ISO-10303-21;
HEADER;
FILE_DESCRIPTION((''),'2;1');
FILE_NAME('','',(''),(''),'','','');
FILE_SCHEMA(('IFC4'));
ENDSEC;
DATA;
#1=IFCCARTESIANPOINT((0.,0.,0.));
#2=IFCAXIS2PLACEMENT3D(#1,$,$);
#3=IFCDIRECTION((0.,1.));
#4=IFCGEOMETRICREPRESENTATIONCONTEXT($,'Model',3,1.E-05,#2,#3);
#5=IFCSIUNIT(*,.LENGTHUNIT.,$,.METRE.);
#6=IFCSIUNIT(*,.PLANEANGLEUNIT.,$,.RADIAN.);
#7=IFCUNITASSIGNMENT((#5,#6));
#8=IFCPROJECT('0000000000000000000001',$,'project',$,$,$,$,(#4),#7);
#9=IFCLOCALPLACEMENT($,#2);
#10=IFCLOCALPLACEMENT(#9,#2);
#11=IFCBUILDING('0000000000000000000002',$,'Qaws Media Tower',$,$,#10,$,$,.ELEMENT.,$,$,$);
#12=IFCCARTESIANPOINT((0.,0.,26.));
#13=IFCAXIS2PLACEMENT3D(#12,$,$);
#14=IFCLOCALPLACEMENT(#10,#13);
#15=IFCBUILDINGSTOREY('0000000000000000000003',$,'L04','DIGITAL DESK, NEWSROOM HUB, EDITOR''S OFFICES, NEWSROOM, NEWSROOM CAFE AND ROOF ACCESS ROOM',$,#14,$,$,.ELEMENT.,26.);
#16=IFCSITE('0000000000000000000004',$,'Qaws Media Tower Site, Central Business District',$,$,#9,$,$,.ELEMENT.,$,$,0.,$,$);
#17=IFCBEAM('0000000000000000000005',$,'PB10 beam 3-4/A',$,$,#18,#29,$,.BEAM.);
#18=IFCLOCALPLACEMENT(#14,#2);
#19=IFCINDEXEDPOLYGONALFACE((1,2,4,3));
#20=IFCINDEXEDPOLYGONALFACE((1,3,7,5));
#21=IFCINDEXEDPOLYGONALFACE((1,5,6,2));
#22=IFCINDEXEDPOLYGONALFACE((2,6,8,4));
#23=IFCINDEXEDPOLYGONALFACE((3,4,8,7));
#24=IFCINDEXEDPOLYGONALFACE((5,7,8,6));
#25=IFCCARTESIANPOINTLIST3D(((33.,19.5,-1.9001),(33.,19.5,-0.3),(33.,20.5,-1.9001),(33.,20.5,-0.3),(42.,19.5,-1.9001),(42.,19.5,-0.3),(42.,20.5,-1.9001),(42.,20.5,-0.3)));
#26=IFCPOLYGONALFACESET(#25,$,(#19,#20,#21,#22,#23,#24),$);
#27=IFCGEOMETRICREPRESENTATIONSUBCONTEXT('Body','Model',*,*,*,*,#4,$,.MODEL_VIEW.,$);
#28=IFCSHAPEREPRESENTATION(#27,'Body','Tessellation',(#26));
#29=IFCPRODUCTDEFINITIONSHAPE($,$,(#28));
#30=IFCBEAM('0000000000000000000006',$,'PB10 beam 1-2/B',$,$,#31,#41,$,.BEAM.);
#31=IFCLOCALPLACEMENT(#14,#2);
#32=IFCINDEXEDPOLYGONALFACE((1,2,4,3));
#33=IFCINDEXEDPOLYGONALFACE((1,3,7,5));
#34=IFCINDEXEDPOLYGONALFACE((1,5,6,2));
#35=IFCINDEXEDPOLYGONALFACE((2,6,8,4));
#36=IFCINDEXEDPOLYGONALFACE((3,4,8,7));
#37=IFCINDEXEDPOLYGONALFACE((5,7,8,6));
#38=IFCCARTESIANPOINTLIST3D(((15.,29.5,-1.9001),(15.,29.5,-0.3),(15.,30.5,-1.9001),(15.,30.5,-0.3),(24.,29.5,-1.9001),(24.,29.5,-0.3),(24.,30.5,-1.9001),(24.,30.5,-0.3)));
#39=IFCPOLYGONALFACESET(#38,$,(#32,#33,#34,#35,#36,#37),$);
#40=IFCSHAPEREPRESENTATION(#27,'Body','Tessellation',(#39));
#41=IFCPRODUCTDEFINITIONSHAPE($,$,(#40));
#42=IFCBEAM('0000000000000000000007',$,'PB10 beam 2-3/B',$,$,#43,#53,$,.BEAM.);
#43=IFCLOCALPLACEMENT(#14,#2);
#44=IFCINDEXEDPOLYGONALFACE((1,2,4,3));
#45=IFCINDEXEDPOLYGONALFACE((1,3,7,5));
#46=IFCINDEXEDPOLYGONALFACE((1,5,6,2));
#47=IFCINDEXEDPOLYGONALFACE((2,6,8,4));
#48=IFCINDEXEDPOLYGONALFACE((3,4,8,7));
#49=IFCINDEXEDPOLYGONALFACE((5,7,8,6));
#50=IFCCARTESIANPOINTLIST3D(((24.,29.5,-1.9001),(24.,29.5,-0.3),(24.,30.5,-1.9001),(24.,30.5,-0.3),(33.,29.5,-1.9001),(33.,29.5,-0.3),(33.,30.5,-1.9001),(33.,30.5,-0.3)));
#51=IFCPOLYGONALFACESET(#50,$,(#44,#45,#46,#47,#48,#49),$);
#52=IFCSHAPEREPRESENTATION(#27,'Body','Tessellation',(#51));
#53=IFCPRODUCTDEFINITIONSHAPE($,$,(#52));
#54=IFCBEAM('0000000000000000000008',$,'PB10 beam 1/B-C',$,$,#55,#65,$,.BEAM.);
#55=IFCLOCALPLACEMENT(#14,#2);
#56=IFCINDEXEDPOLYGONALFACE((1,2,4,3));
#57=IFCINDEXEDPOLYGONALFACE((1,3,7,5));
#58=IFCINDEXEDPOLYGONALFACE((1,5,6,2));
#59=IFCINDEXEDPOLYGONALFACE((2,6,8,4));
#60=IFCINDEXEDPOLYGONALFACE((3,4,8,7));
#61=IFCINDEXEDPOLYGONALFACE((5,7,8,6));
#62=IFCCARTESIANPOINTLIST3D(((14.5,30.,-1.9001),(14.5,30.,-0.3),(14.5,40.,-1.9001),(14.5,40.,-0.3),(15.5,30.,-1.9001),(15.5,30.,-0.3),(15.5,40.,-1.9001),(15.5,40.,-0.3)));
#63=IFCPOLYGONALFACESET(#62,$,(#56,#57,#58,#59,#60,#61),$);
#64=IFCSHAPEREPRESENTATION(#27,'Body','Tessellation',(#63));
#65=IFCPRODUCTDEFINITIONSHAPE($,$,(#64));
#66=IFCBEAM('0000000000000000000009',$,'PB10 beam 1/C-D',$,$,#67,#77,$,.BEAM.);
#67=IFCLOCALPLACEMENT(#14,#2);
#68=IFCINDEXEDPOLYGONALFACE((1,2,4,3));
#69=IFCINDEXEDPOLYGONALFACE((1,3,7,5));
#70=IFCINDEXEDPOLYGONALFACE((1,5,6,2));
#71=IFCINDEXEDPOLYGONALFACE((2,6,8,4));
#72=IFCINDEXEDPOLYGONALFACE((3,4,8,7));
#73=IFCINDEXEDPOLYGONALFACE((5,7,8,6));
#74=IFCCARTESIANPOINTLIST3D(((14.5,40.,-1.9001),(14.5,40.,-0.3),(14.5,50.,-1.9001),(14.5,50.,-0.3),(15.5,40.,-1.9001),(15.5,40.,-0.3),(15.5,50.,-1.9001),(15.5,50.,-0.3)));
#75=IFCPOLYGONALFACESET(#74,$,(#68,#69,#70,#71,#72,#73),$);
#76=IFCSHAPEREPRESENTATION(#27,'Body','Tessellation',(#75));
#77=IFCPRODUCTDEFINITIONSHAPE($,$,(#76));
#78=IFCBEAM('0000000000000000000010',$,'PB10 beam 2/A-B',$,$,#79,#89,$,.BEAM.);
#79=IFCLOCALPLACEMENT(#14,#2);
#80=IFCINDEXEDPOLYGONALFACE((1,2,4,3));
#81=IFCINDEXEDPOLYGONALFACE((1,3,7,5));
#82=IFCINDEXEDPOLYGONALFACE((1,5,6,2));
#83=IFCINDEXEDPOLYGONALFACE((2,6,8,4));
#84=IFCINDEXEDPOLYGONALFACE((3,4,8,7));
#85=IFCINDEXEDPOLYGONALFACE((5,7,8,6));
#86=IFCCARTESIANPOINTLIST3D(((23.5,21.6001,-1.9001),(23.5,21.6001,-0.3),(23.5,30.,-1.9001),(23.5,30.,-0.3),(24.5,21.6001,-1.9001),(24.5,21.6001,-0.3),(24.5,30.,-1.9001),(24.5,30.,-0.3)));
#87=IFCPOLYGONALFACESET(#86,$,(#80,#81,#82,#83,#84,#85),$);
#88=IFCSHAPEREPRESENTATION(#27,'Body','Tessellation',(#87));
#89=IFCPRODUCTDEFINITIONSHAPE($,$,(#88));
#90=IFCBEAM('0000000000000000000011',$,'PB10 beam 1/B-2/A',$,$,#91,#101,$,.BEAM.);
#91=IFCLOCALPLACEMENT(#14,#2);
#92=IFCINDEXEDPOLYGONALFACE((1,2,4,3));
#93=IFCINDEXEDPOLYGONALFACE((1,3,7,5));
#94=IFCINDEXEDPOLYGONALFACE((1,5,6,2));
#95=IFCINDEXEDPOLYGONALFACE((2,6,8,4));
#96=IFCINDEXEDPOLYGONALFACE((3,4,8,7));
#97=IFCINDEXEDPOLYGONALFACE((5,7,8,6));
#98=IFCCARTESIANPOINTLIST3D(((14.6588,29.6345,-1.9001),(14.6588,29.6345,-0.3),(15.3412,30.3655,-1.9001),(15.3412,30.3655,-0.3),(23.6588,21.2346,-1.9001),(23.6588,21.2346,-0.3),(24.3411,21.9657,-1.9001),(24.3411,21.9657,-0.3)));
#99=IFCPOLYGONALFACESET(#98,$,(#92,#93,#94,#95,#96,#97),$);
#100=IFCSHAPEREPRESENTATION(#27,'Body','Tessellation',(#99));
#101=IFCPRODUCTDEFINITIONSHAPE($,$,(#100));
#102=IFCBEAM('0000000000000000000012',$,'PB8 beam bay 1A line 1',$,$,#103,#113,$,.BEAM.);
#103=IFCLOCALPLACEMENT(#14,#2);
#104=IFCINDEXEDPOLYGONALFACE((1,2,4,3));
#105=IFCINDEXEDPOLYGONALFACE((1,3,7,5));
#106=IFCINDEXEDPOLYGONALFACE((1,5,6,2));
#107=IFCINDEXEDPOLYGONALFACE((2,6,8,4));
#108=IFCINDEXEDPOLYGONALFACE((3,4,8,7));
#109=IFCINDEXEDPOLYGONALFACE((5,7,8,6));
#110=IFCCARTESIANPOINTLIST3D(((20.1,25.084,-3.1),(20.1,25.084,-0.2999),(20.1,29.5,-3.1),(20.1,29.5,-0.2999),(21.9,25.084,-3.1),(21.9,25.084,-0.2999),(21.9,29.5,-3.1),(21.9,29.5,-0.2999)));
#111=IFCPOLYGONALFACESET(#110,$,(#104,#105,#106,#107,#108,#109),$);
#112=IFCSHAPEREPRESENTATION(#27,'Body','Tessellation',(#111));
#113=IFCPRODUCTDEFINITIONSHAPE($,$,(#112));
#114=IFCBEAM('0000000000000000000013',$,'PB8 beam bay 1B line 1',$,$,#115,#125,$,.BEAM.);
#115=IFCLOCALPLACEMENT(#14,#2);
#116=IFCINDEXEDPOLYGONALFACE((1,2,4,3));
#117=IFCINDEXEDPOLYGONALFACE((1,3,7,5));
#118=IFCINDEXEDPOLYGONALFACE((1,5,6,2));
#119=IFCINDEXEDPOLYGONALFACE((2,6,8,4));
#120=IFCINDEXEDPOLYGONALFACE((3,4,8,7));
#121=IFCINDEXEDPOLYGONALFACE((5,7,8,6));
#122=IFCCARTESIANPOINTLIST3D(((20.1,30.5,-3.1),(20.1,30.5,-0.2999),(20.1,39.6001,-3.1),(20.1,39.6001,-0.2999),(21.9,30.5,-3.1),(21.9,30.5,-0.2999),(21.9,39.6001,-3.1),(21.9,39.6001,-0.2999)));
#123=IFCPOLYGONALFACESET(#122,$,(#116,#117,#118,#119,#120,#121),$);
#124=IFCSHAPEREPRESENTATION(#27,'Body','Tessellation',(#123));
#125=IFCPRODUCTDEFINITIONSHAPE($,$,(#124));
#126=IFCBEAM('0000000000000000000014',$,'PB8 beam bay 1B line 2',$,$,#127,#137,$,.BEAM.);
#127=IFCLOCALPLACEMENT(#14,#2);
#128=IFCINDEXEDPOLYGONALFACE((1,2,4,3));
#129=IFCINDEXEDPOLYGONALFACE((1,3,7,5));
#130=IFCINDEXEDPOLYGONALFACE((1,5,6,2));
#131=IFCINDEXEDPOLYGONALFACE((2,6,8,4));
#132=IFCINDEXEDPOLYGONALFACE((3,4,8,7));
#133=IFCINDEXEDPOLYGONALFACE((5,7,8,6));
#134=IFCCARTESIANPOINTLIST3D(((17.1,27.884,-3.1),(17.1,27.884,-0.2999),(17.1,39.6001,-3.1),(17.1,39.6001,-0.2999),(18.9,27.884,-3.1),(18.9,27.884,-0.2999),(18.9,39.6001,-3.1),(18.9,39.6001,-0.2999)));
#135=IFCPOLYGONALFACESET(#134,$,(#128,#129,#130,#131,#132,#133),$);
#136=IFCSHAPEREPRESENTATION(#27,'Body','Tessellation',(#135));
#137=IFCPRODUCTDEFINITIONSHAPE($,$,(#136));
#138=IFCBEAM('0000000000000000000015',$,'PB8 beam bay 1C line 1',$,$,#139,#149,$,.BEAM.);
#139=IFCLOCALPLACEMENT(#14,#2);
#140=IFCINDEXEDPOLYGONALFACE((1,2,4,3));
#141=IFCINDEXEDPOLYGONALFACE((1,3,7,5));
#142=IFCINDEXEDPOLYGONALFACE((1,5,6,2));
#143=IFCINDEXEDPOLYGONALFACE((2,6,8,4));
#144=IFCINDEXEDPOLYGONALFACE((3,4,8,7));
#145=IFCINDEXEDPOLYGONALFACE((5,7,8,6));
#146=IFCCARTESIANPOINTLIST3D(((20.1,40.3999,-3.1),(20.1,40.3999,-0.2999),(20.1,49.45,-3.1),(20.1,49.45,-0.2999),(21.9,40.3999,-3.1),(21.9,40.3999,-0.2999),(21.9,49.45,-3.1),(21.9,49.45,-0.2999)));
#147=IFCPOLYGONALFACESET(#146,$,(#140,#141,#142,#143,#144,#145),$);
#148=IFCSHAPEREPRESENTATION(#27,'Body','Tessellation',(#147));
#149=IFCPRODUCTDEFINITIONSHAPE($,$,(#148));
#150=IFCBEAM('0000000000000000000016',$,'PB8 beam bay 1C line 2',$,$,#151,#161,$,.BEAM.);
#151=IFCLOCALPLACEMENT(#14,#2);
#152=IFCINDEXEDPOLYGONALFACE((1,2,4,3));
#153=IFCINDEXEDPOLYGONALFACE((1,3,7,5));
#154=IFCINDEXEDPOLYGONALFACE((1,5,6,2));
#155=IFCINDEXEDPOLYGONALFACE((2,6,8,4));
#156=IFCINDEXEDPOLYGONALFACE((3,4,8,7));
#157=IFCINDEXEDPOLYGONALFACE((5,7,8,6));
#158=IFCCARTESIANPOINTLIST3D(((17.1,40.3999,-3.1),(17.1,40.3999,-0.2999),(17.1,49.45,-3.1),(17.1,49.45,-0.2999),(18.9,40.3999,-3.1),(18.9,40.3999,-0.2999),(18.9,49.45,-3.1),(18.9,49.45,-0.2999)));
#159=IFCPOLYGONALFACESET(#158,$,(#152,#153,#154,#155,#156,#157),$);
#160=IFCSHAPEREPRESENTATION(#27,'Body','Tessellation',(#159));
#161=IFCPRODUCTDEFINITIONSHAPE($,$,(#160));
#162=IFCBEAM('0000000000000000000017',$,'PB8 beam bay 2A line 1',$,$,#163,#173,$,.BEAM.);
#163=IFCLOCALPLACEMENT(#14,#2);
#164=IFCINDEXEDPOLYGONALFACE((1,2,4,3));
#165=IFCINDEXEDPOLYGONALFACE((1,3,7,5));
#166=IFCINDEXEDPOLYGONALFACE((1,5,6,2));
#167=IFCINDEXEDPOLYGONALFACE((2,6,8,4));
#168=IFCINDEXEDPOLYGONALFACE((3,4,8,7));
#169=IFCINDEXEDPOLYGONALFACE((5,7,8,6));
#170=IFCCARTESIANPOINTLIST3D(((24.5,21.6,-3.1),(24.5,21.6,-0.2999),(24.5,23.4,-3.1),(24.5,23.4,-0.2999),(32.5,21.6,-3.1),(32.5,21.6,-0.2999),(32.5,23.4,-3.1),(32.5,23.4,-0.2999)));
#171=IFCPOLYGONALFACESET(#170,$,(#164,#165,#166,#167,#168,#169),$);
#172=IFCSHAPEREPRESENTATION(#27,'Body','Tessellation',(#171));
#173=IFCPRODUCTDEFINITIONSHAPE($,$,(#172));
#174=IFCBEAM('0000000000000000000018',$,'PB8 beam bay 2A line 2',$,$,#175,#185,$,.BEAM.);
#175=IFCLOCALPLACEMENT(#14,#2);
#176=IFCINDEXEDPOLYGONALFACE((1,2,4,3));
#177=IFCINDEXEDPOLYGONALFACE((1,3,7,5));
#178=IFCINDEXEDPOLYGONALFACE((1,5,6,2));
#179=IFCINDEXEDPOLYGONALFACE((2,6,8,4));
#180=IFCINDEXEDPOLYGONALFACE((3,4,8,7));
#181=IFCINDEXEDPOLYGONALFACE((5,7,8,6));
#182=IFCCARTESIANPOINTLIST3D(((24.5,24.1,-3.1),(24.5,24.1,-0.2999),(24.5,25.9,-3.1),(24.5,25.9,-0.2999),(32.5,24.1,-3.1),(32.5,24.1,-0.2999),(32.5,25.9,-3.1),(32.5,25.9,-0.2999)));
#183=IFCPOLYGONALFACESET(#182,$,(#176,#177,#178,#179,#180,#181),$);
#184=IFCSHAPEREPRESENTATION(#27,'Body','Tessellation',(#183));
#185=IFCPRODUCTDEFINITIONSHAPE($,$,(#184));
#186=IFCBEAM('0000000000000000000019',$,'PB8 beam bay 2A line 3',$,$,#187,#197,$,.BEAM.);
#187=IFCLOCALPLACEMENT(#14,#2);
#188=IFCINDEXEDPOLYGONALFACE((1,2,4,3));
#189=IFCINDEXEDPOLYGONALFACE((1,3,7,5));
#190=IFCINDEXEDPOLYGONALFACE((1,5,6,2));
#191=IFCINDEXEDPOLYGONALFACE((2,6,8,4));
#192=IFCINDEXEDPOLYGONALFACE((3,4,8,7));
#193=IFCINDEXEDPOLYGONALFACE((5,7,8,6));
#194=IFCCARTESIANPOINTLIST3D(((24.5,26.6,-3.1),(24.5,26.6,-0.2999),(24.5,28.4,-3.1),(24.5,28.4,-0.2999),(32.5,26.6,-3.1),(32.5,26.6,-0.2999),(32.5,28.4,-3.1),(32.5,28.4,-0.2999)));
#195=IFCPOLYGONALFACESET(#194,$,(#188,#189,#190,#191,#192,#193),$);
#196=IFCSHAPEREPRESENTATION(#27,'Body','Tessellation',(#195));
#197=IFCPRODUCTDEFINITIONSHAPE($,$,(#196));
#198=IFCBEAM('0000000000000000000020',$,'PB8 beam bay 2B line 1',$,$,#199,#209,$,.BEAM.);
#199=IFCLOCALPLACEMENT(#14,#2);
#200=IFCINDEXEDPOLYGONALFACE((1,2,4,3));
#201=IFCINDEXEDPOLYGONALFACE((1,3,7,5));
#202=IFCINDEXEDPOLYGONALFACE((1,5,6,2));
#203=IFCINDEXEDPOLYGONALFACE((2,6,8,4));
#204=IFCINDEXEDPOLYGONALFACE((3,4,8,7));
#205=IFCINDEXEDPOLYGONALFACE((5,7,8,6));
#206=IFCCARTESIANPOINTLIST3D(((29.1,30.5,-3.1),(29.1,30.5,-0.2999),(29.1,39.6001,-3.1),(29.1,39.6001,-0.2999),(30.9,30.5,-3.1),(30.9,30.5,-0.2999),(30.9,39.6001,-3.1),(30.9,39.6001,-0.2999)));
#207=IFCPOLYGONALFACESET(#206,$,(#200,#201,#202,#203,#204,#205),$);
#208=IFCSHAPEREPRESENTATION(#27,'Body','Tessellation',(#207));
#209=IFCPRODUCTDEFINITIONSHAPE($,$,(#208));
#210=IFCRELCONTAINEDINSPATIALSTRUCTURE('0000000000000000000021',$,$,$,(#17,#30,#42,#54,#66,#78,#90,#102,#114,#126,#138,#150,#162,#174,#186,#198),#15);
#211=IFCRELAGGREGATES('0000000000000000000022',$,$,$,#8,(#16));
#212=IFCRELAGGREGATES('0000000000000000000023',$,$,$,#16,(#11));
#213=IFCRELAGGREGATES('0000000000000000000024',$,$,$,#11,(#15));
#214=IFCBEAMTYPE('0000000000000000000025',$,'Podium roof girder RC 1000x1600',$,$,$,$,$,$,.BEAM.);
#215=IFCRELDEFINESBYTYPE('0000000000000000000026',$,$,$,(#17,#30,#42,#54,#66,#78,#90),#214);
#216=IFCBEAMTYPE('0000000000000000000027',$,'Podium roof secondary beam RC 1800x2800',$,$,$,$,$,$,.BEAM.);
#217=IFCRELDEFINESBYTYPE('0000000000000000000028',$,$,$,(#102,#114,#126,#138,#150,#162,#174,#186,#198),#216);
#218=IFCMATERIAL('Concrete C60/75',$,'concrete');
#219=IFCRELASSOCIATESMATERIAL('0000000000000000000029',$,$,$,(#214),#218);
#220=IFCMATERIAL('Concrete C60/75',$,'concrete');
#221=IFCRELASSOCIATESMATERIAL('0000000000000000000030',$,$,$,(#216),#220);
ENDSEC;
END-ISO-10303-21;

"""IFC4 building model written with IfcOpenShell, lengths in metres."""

from ifc_helpers import new_model, si_unit, direction, frame, origin, origin_2d, place, context, subcontext, project, spatial, rectangle, extrude, material, material_profile, profile_set, type_object, element, save


model = new_model("IFC4")

# Units and contexts
model_context = context("Model", 3, precision=1e-05, world=origin(), true_north=direction((0.0, 1.0)))
body_context = subcontext(model_context, "Body", "Model", "MODEL_VIEW")
ifc_project = project(units=[si_unit("LENGTHUNIT", "METRE"), si_unit("PLANEANGLEUNIT", "RADIAN")], contexts=[model_context])

# Site, building, storey
site_placement = place(None, origin())
site = spatial("IfcSite", under=ifc_project, at=site_placement, Name="Qaws Media Tower Site, Central Business District", CompositionType="ELEMENT", RefElevation=0.0)
building_placement = place(site_placement, origin())
building = spatial("IfcBuilding", under=site, at=building_placement, Name="Qaws Media Tower", CompositionType="ELEMENT")
storey_placement = place(building_placement, frame((0.0, 0.0, 26.0)))
storey = spatial("IfcBuildingStorey", under=building, at=storey_placement, Name="L04", Description="DIGITAL DESK, NEWSROOM HUB, EDITOR'S OFFICES, NEWSROOM, NEWSROOM CAFE AND ROOF ACCESS ROOM", CompositionType="ELEMENT", Elevation=26.0)

# Beams
ifc_material_1 = material(Name="Concrete C60/75", Category="concrete")
ifc_material_profile_1 = material_profile(ifc_material_1, rectangle(XDim=1.0, YDim=1.6001, at=origin_2d()), Name="RC 1000x1600")
ifc_profile_set_1 = profile_set([ifc_material_profile_1], Name="Concrete C60/75")
beam_type_1 = type_object("IfcBeamType", Name="Podium roof girder RC 1000x1600", PredefinedType="BEAM", material=ifc_profile_set_1)
for number, where, z_axis, x_axis, name in (
    (1, (33.0, 20.0, -1.1001), (1.0, 0.0, 0.0), (0.0, 1.0, 0.0), "PB10 beam 3-4/A"),
    (2, (15.0, 30.0, -1.1001), (1.0, 0.0, 0.0), (0.0, 1.0, 0.0), "PB10 beam 1-2/B"),
    (3, (24.0, 30.0, -1.1001), (1.0, 0.0, 0.0), (0.0, 1.0, 0.0), "PB10 beam 2-3/B"),
):
    element("IfcBeam", number, at=place(storey_placement, frame(where, z_axis=z_axis, x_axis=x_axis)), inside=storey, type_object=beam_type_1, Name=name, PredefinedType="BEAM", context=body_context, shape_type="SweptSolid", body=[
        extrude(rectangle(XDim=1.0, YDim=1.6001, at=origin_2d()), origin(), (0.0, 0.0, 1.0), 9.0),
    ])
for number, where, z_axis, x_axis, name in (
    (4, (15.0, 30.0, -1.1001), (0.0, 1.0, 0.0), (-1.0, 0.0, 0.0), "PB10 beam 1/B-C"),
    (5, (15.0, 40.0, -1.1001), (0.0, 1.0, 0.0), (-1.0, 0.0, 0.0), "PB10 beam 1/C-D"),
):
    element("IfcBeam", number, at=place(storey_placement, frame(where, z_axis=z_axis, x_axis=x_axis)), inside=storey, type_object=beam_type_1, Name=name, PredefinedType="BEAM", context=body_context, shape_type="SweptSolid", body=[
        extrude(rectangle(XDim=1.0, YDim=1.6001, at=origin_2d()), origin(), (0.0, 0.0, 1.0), 10.0),
    ])
beam_1_placement = place(storey_placement, frame((24.0, 21.6001, -1.1001), z_axis=(0.0, 1.0, 0.0), x_axis=(-1.0, 0.0, 0.0)))
element("IfcBeam", 6, at=beam_1_placement, inside=storey, type_object=beam_type_1, Name="PB10 beam 2/A-B", PredefinedType="BEAM", context=body_context, shape_type="SweptSolid", body=[
    extrude(rectangle(XDim=1.0, YDim=1.6001, at=origin_2d()), origin(), (0.0, 0.0, 1.0), 8.3999),
])
beam_2_placement = place(storey_placement, frame((15.0, 30.0, -1.1001), z_axis=(0.731059, -0.682314, 0.0), x_axis=(0.682314, 0.731059, 0.0)))
element("IfcBeam", 7, at=beam_2_placement, inside=storey, type_object=beam_type_1, Name="PB10 beam 1/B-2/A", PredefinedType="BEAM", context=body_context, shape_type="SweptSolid", body=[
    extrude(rectangle(XDim=1.0, YDim=1.6001, at=origin_2d()), origin(), (0.0, 0.0, 1.0), 12.3108),
])
ifc_material_2 = material(Name="Concrete C60/75", Category="concrete")
ifc_material_profile_2 = material_profile(ifc_material_2, rectangle(XDim=1.8, YDim=2.8, at=origin_2d()), Name="RC 1800x2800")
ifc_profile_set_2 = profile_set([ifc_material_profile_2], Name="Concrete C60/75")
beam_type_2 = type_object("IfcBeamType", Name="Podium roof secondary beam RC 1800x2800", PredefinedType="BEAM", material=ifc_profile_set_2)
beam_3_placement = place(storey_placement, frame((21.0, 25.084, -1.7), z_axis=(0.0, 1.0, 0.0), x_axis=(-1.0, 0.0, 0.0)))
element("IfcBeam", 8, at=beam_3_placement, inside=storey, type_object=beam_type_2, Name="PB8 beam bay 1A line 1", PredefinedType="BEAM", context=body_context, shape_type="SweptSolid", body=[
    extrude(rectangle(XDim=1.8, YDim=2.8, at=origin_2d()), origin(), (0.0, 0.0, 1.0), 4.416),
])
beam_4_placement = place(storey_placement, frame((21.0, 30.5, -1.7), z_axis=(0.0, 1.0, 0.0), x_axis=(-1.0, 0.0, 0.0)))
element("IfcBeam", 9, at=beam_4_placement, inside=storey, type_object=beam_type_2, Name="PB8 beam bay 1B line 1", PredefinedType="BEAM", context=body_context, shape_type="SweptSolid", body=[
    extrude(rectangle(XDim=1.8, YDim=2.8, at=origin_2d()), origin(), (0.0, 0.0, 1.0), 9.1001),
])
beam_5_placement = place(storey_placement, frame((18.0, 27.884, -1.7), z_axis=(0.0, 1.0, 0.0), x_axis=(-1.0, 0.0, 0.0)))
element("IfcBeam", 10, at=beam_5_placement, inside=storey, type_object=beam_type_2, Name="PB8 beam bay 1B line 2", PredefinedType="BEAM", context=body_context, shape_type="SweptSolid", body=[
    extrude(rectangle(XDim=1.8, YDim=2.8, at=origin_2d()), origin(), (0.0, 0.0, 1.0), 11.7161),
])
for number, where, z_axis, x_axis, name in (
    (11, (21.0, 40.3999, -1.7), (0.0, 1.0, 0.0), (-1.0, 0.0, 0.0), "PB8 beam bay 1C line 1"),
    (12, (18.0, 40.3999, -1.7), (0.0, 1.0, 0.0), (-1.0, 0.0, 0.0), "PB8 beam bay 1C line 2"),
):
    element("IfcBeam", number, at=place(storey_placement, frame(where, z_axis=z_axis, x_axis=x_axis)), inside=storey, type_object=beam_type_2, Name=name, PredefinedType="BEAM", context=body_context, shape_type="SweptSolid", body=[
        extrude(rectangle(XDim=1.8, YDim=2.8, at=origin_2d()), origin(), (0.0, 0.0, 1.0), 9.05),
    ])
for number, where, z_axis, x_axis, name in (
    (13, (24.5, 22.5, -1.7), (1.0, 0.0, 0.0), (0.0, 1.0, 0.0), "PB8 beam bay 2A line 1"),
    (14, (24.5, 25.0, -1.7), (1.0, 0.0, 0.0), (0.0, 1.0, 0.0), "PB8 beam bay 2A line 2"),
    (15, (24.5, 27.5, -1.7), (1.0, 0.0, 0.0), (0.0, 1.0, 0.0), "PB8 beam bay 2A line 3"),
):
    element("IfcBeam", number, at=place(storey_placement, frame(where, z_axis=z_axis, x_axis=x_axis)), inside=storey, type_object=beam_type_2, Name=name, PredefinedType="BEAM", context=body_context, shape_type="SweptSolid", body=[
        extrude(rectangle(XDim=1.8, YDim=2.8, at=origin_2d()), origin(), (0.0, 0.0, 1.0), 8.0),
    ])
for number, where, z_axis, x_axis, name in (
    (16, (30.0, 30.5, -1.7), (0.0, 1.0, 0.0), (-1.0, 0.0, 0.0), "PB8 beam bay 2B line 1"),
):
    element("IfcBeam", number, at=place(storey_placement, frame(where, z_axis=z_axis, x_axis=x_axis)), inside=storey, type_object=beam_type_2, Name=name, PredefinedType="BEAM", context=body_context, shape_type="SweptSolid", body=[
        extrude(rectangle(XDim=1.8, YDim=2.8, at=origin_2d()), origin(), (0.0, 0.0, 1.0), 9.1001),
    ])

save(model, "model.ifc")
